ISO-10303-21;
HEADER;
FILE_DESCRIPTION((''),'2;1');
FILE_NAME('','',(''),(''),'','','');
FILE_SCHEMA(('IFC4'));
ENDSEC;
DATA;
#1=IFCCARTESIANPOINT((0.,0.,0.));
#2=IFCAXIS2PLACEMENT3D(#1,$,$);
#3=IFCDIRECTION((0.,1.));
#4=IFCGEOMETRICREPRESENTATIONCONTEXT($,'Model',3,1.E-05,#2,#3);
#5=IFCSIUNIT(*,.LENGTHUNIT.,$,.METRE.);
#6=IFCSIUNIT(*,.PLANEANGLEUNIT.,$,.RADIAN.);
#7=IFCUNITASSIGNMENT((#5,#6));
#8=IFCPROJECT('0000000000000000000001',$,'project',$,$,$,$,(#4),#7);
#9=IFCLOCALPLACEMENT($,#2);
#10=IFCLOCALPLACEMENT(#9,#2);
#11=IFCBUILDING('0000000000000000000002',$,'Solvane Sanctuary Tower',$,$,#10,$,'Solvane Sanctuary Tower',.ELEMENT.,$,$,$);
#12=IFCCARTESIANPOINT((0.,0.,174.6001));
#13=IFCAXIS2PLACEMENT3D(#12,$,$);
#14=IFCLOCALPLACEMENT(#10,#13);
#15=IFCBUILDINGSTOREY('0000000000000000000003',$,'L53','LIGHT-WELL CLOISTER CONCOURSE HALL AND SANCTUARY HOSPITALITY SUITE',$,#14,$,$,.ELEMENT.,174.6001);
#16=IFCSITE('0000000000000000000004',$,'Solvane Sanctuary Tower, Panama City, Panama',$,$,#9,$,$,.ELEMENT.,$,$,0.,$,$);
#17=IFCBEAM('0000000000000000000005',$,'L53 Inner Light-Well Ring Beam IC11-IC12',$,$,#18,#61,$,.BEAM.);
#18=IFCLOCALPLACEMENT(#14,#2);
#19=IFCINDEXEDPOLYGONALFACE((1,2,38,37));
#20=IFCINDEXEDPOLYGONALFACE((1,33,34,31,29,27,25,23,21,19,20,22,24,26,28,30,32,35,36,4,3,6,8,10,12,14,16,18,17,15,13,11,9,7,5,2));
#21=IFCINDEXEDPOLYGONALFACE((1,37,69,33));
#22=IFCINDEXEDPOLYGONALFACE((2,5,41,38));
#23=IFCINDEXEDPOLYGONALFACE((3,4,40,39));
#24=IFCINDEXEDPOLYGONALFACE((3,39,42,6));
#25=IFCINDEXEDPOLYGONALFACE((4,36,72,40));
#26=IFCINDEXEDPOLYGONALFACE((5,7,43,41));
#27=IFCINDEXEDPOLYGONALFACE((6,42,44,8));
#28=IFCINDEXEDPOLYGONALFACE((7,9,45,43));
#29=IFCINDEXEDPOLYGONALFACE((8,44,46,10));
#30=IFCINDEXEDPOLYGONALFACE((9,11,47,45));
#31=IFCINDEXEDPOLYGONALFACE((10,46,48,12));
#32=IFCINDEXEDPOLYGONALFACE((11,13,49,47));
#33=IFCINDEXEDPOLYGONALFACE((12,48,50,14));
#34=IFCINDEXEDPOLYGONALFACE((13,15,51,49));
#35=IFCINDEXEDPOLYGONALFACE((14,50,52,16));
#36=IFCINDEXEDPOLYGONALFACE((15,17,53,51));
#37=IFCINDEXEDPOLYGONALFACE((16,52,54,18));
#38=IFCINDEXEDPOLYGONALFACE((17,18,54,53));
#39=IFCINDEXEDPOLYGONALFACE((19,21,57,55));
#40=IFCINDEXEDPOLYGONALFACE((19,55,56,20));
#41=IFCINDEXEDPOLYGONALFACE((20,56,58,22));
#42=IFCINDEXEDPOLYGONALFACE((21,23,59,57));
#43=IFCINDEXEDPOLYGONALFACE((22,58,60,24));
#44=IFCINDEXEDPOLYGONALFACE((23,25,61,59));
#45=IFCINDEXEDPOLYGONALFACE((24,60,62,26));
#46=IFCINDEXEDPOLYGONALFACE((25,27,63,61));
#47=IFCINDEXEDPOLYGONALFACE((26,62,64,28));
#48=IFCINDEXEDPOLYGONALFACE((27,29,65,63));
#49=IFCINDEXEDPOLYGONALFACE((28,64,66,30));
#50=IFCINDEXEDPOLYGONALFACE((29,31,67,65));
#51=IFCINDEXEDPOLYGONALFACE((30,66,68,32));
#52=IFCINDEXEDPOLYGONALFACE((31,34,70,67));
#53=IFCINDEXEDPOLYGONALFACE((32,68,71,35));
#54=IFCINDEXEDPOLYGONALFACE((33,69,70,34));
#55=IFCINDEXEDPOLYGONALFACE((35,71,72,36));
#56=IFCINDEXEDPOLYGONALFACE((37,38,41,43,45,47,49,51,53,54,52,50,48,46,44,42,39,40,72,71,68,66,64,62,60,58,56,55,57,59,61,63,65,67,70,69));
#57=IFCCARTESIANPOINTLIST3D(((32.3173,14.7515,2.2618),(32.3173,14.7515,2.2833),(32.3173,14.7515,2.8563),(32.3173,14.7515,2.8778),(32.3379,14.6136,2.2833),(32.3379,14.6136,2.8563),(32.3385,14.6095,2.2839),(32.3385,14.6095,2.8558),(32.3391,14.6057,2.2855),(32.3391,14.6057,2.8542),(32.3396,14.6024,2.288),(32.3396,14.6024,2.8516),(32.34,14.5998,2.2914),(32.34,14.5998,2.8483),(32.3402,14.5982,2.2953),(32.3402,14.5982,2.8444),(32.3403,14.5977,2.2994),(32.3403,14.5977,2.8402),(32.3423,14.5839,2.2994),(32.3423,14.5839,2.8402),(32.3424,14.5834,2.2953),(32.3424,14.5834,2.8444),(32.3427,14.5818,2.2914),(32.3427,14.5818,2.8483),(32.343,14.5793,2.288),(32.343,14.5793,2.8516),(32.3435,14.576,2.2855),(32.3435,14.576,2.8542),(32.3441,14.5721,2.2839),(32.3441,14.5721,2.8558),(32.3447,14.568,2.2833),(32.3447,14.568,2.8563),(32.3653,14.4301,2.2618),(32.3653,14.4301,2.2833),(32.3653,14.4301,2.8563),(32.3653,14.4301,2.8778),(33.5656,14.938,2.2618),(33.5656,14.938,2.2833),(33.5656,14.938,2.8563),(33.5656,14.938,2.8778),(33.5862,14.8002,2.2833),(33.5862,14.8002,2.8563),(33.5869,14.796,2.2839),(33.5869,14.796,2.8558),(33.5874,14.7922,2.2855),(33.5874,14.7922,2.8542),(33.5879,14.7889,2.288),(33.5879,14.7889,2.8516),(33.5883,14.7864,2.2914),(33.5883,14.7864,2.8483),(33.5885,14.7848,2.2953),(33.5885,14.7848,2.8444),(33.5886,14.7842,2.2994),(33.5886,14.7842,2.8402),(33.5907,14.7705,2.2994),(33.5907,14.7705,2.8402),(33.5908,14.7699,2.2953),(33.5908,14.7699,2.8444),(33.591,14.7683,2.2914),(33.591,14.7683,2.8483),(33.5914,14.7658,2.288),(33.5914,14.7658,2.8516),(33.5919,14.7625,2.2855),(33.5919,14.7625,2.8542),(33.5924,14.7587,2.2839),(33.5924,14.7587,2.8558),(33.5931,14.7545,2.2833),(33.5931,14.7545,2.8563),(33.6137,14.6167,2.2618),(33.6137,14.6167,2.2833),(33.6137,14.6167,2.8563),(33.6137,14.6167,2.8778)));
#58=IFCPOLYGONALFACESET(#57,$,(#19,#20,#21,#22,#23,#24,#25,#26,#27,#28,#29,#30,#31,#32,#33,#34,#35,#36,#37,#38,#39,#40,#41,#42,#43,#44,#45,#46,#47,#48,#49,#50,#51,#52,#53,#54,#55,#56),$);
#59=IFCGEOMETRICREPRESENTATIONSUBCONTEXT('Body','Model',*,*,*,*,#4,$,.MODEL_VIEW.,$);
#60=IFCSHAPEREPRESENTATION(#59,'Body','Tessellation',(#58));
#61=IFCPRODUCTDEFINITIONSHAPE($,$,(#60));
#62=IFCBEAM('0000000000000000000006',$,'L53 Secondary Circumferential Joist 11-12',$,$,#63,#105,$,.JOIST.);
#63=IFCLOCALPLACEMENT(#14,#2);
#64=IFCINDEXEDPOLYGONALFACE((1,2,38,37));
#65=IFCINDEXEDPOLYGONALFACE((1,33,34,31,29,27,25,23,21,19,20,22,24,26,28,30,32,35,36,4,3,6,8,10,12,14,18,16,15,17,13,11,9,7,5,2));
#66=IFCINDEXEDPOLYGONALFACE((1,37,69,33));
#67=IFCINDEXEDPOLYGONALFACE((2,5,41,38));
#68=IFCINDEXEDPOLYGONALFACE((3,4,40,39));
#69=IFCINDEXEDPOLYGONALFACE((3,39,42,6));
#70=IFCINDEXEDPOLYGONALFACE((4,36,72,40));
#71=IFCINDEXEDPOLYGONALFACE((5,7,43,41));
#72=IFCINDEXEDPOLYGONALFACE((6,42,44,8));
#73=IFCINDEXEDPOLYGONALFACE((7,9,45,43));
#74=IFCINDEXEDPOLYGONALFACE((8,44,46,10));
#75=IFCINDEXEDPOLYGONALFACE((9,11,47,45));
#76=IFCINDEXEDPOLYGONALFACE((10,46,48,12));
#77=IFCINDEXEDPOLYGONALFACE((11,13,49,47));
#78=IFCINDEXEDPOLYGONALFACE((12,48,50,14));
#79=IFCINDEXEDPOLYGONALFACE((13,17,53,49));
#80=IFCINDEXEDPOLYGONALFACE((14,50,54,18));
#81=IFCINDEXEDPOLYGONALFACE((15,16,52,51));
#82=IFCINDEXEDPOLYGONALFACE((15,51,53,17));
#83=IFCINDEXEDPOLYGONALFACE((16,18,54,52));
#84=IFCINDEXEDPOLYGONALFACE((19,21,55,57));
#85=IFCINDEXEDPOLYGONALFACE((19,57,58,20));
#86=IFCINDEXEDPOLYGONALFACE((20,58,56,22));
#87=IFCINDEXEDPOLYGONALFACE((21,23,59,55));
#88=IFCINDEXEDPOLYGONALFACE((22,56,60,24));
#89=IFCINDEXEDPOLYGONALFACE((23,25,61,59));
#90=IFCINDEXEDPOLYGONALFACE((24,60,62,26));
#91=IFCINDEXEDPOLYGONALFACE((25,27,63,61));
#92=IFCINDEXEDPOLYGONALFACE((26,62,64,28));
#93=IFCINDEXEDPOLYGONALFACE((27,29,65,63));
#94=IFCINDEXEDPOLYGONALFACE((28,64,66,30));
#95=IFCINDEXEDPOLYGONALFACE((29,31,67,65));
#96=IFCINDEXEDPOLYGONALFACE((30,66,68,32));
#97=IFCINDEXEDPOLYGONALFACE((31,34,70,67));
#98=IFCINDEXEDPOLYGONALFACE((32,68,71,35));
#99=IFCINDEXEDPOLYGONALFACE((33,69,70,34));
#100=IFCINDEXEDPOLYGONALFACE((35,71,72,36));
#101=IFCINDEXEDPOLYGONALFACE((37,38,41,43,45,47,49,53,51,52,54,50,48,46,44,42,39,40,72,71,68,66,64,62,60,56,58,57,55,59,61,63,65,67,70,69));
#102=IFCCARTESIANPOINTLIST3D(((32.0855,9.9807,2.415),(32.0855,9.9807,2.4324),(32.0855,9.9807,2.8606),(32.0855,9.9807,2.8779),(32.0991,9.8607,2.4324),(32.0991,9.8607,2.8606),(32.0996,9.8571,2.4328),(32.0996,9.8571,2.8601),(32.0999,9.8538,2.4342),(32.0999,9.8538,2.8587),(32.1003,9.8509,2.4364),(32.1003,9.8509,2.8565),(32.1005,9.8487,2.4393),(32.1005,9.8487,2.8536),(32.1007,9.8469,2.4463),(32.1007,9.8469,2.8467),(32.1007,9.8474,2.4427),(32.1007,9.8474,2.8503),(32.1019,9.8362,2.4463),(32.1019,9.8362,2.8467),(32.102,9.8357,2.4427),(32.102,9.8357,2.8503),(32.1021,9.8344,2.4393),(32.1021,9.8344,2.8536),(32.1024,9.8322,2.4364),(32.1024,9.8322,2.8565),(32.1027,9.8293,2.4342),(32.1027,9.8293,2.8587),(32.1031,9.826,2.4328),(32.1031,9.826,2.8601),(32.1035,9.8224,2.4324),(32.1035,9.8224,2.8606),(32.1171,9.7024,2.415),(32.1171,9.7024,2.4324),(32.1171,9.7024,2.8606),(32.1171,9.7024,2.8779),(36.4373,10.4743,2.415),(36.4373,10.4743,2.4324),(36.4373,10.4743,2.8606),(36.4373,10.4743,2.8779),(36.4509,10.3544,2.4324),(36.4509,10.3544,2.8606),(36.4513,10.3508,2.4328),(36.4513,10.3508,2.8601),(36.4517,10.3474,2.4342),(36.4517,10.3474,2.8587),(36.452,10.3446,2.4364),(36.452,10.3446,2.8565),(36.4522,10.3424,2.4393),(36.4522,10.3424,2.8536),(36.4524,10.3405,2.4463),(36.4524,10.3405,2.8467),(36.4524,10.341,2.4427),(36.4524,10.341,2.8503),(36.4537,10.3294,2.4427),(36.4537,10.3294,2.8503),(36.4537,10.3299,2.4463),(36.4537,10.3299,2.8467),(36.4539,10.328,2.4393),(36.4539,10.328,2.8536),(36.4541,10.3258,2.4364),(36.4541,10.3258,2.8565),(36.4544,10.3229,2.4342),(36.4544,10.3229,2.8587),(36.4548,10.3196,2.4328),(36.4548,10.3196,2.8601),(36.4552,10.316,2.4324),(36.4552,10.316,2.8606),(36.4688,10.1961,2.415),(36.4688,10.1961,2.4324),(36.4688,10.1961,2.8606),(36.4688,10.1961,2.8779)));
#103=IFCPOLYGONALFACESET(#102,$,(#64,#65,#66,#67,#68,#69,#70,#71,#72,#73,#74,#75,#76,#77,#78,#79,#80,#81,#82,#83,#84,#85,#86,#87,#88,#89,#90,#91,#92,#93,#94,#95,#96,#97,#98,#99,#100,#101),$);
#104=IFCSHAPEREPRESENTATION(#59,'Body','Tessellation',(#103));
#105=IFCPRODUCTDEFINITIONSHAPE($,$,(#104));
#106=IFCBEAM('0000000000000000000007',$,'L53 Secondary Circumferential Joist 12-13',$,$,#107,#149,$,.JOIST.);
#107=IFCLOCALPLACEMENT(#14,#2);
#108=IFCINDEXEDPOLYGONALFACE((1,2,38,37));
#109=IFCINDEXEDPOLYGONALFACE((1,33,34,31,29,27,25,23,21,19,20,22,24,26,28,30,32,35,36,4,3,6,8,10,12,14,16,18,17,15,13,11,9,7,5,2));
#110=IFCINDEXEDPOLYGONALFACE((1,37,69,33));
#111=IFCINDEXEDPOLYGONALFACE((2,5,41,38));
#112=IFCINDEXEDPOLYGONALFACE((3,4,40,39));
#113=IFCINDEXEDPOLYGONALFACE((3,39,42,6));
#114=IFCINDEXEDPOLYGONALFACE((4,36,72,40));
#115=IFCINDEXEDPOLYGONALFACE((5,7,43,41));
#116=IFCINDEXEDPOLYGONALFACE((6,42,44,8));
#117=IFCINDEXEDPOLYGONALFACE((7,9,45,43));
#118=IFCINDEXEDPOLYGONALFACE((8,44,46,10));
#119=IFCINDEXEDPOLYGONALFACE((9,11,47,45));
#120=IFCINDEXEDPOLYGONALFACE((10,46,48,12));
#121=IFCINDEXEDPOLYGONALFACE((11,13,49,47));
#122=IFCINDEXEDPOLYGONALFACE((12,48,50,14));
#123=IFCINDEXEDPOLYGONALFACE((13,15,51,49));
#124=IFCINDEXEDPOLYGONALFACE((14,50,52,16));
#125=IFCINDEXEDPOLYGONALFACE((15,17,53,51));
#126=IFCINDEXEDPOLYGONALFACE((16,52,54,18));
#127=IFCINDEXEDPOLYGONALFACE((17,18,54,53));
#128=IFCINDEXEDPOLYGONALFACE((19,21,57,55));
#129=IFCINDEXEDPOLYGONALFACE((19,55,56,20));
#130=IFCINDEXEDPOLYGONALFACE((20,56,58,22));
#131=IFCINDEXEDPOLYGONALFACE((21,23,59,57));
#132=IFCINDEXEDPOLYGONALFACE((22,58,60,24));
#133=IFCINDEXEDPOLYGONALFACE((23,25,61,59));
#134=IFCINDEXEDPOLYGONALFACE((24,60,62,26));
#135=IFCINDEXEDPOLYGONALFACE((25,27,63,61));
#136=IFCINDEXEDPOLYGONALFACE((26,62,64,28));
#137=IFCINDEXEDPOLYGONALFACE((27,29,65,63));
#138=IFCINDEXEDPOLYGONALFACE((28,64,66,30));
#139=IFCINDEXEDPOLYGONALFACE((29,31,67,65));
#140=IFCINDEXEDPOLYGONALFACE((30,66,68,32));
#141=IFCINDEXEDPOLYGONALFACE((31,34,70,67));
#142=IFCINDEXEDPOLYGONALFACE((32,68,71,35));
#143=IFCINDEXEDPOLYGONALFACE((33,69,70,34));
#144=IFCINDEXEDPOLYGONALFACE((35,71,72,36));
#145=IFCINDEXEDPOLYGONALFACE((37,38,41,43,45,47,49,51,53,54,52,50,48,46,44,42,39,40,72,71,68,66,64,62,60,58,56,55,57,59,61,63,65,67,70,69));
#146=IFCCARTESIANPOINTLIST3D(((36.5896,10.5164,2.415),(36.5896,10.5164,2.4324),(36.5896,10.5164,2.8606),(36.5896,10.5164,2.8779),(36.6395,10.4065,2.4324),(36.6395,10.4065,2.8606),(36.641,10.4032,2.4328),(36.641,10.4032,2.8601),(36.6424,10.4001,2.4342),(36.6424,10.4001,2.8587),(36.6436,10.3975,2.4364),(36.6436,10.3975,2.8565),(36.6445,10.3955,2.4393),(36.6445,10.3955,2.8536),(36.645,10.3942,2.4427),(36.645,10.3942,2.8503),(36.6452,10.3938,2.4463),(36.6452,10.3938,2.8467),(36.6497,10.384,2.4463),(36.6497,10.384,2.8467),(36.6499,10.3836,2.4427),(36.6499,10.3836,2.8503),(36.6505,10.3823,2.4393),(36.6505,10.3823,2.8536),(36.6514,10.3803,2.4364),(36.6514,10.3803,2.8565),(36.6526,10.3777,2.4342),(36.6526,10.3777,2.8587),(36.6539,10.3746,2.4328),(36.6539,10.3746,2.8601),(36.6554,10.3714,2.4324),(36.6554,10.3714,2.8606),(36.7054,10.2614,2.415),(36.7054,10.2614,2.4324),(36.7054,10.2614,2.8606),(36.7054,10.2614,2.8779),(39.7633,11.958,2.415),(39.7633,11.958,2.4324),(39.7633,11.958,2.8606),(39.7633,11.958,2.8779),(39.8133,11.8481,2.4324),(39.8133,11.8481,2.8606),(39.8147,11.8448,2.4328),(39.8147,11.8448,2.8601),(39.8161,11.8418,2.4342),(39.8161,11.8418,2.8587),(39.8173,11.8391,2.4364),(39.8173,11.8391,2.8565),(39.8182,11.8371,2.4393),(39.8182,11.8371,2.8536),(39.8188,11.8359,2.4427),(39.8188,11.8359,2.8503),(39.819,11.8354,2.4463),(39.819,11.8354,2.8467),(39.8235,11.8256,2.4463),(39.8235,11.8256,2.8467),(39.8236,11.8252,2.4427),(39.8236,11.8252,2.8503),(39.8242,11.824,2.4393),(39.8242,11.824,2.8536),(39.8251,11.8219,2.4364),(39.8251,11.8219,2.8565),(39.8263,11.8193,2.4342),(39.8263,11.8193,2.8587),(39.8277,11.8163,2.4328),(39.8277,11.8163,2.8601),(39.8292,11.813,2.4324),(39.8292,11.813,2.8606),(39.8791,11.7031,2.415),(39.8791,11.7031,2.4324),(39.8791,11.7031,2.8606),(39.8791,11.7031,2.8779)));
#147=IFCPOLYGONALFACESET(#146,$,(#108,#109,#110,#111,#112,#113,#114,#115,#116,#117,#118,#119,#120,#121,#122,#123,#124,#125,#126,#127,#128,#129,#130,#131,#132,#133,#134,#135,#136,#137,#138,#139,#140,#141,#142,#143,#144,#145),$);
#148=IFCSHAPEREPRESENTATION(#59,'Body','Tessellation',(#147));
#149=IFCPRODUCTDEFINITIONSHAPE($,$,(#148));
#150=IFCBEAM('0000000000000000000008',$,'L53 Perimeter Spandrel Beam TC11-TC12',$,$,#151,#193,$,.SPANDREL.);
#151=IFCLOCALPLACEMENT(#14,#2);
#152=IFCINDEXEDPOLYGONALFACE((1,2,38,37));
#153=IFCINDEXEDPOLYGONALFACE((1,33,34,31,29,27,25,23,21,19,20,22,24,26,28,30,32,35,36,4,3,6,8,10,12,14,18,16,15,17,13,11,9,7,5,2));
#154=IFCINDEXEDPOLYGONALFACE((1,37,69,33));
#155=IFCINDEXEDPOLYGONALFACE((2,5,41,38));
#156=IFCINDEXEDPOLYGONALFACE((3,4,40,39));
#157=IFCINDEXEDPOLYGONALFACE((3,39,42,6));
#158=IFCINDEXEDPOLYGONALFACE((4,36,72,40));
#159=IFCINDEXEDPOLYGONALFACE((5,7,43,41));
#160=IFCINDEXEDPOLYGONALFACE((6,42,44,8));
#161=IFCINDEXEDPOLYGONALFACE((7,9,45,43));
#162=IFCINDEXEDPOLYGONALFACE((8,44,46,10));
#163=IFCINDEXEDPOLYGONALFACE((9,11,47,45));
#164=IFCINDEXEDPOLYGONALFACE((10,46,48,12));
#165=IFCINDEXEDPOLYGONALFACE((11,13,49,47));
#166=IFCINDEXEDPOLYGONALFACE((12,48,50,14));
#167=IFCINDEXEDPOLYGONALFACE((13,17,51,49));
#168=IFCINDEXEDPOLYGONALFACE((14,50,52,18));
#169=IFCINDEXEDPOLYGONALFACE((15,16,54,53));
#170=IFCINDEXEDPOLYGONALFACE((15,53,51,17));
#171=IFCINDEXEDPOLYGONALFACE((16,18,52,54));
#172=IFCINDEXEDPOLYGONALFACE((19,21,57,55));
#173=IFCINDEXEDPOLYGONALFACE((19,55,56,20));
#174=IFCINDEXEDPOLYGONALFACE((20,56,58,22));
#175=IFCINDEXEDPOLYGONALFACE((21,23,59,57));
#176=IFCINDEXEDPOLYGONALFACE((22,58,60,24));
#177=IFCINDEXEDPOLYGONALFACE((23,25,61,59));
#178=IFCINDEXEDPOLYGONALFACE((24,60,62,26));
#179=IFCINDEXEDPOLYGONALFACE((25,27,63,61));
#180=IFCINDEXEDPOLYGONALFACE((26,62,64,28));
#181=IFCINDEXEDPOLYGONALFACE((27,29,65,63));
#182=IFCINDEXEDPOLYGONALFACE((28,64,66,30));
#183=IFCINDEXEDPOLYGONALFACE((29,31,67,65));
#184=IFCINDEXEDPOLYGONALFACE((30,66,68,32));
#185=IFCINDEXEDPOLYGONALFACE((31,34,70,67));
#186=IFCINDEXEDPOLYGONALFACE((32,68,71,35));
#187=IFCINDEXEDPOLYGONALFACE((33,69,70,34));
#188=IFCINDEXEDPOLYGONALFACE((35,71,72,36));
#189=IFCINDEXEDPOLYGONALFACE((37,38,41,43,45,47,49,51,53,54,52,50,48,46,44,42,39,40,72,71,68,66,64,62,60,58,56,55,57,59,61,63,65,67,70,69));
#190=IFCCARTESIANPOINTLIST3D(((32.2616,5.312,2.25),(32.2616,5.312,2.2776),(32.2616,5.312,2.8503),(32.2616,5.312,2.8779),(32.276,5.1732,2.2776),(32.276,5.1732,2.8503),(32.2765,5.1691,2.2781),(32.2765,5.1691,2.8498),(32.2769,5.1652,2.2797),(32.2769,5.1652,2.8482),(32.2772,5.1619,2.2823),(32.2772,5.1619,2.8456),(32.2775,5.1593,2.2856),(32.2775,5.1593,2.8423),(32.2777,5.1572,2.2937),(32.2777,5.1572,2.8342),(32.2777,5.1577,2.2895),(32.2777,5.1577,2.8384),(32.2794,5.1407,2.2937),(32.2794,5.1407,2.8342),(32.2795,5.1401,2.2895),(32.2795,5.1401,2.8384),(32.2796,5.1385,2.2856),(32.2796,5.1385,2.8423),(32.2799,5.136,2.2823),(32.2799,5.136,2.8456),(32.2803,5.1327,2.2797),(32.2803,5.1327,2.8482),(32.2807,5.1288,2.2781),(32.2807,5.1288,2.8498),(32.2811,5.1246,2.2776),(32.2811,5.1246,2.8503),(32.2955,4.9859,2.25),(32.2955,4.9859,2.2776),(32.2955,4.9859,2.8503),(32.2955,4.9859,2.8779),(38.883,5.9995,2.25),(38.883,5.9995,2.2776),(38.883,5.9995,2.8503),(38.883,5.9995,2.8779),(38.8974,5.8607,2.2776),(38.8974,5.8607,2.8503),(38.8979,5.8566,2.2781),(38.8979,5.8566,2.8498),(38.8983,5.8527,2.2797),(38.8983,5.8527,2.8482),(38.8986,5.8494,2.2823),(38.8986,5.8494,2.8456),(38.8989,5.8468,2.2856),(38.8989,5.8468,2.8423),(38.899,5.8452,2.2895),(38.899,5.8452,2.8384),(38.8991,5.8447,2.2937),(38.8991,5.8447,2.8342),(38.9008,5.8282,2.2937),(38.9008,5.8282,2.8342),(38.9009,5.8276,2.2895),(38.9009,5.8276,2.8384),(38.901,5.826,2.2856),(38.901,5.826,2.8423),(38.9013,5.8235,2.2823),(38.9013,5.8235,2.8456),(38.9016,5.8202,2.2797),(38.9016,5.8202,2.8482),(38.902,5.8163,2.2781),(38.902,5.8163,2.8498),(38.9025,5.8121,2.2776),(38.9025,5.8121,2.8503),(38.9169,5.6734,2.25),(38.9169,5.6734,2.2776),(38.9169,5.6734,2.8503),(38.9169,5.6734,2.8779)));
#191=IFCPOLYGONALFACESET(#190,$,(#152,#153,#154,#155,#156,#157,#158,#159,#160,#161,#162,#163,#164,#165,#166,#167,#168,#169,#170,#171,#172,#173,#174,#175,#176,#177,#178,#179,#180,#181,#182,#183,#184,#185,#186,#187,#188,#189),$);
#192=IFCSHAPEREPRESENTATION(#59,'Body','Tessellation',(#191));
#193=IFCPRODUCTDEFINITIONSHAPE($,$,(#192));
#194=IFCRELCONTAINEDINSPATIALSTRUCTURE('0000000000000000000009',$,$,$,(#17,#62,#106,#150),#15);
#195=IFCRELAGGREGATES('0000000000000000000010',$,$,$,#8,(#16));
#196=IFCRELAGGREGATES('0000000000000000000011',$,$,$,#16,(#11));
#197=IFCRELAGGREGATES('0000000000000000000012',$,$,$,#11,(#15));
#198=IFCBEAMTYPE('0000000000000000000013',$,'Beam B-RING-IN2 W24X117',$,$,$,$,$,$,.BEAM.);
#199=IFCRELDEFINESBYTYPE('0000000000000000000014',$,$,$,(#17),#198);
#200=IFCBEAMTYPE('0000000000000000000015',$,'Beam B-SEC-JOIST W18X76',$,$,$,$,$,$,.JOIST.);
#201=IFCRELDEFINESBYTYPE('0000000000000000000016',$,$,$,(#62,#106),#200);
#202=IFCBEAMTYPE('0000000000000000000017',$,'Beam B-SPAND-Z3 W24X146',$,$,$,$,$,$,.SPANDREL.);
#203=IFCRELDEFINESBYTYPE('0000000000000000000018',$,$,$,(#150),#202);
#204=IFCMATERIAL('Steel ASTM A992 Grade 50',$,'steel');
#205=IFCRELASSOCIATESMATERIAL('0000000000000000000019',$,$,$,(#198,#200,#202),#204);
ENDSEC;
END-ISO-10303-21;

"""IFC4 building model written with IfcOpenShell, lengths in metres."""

from ifc_helpers import new_model, si_unit, direction, frame, origin, origin_2d, place, context, subcontext, project, spatial, i_section, extrude, material, material_profile, profile_set, type_object, element, save


model = new_model("IFC4")

# Units and contexts
model_context = context("Model", 3, precision=1e-05, world=origin(), true_north=direction((0.0, 1.0)))
body_context = subcontext(model_context, "Body", "Model", "MODEL_VIEW")
ifc_project = project(units=[si_unit("LENGTHUNIT", "METRE"), si_unit("PLANEANGLEUNIT", "RADIAN")], contexts=[model_context])

# Site, building, storey
site_placement = place(None, origin())
site = spatial("IfcSite", under=ifc_project, at=site_placement, Name="Solvane Sanctuary Tower, Panama City, Panama", CompositionType="ELEMENT", RefElevation=0.0)
building_placement = place(site_placement, origin())
building = spatial("IfcBuilding", under=site, at=building_placement, Name="Solvane Sanctuary Tower", LongName="Solvane Sanctuary Tower", CompositionType="ELEMENT")
storey_placement = place(building_placement, frame((0.0, 0.0, 174.6001)))
storey = spatial("IfcBuildingStorey", under=building, at=storey_placement, Name="L53", Description="LIGHT-WELL CLOISTER CONCOURSE HALL AND SANCTUARY HOSPITALITY SUITE", CompositionType="ELEMENT", Elevation=174.6001)

# Beams
ifc_material_1 = material(Name="Steel ASTM A992 Grade 50", Category="steel")
ifc_material_profile_1 = material_profile(ifc_material_1, i_section(OverallWidth=0.325, OverallDepth=0.616, WebThickness=0.0139, FlangeThickness=0.0215, FilletRadius=0.0161, at=origin_2d()), Name="W24X117")
ifc_profile_set_1 = profile_set([ifc_material_profile_1], Name="Steel ASTM A992 Grade 50")
beam_type_1 = type_object("IfcBeamType", Name="Beam B-RING-IN2 W24X117", PredefinedType="BEAM", material=ifc_profile_set_1)
beam_1_placement = place(storey_placement, frame((32.3413, 14.5908, 2.5698), z_axis=(0.98902, 0.147782, 0.0), x_axis=(-0.147782, 0.98902, 0.0)))
element("IfcBeam", 1, at=beam_1_placement, inside=storey, type_object=beam_type_1, Name="L53 Inner Light-Well Ring Beam IC11-IC12", PredefinedType="BEAM", context=body_context, shape_type="SweptSolid", body=[
    extrude(i_section(OverallWidth=0.325, OverallDepth=0.616, WebThickness=0.0139, FlangeThickness=0.0215, FilletRadius=0.0161, at=origin_2d()), origin(), (0.0, 0.0, 1.0), 1.2622),
])
ifc_material_profile_2 = material_profile(ifc_material_1, i_section(OverallWidth=0.28, OverallDepth=0.4629, WebThickness=0.0107, FlangeThickness=0.0173, FilletRadius=0.0139, at=origin_2d()), Name="W18X76")
ifc_profile_set_2 = profile_set([ifc_material_profile_2], Name="Steel ASTM A992 Grade 50")
beam_type_2 = type_object("IfcBeamType", Name="Beam B-SEC-JOIST W18X76", PredefinedType="JOIST", material=ifc_profile_set_2)
beam_2_placement = place(storey_placement, frame((32.1013, 9.8416, 2.6465), z_axis=(0.993628, 0.112713, 0.0), x_axis=(-0.112713, 0.993628, 0.0)))
element("IfcBeam", 2, at=beam_2_placement, inside=storey, type_object=beam_type_2, Name="L53 Secondary Circumferential Joist 11-12", PredefinedType="JOIST", context=body_context, shape_type="SweptSolid", body=[
    extrude(i_section(OverallWidth=0.28, OverallDepth=0.4629, WebThickness=0.0107, FlangeThickness=0.0173, FilletRadius=0.0139, at=origin_2d()), origin(), (0.0, 0.0, 1.0), 4.3796),
])
beam_3_placement = place(storey_placement, frame((36.6475, 10.3889, 2.6465), z_axis=(0.910474, 0.413565, 0.0), x_axis=(-0.413565, 0.910474, 0.0)))
element("IfcBeam", 3, at=beam_3_placement, inside=storey, type_object=beam_type_2, Name="L53 Secondary Circumferential Joist 12-13", PredefinedType="JOIST", context=body_context, shape_type="SweptSolid", body=[
    extrude(i_section(OverallWidth=0.28, OverallDepth=0.4629, WebThickness=0.0107, FlangeThickness=0.0173, FilletRadius=0.0139, at=origin_2d()), origin(), (0.0, 0.0, 1.0), 3.4858),
])
ifc_material_profile_3 = material_profile(ifc_material_1, i_section(OverallWidth=0.3279, OverallDepth=0.6279, WebThickness=0.0166, FlangeThickness=0.0276, FilletRadius=0.0161, at=origin_2d()), Name="W24X146")
ifc_profile_set_3 = profile_set([ifc_material_profile_3], Name="Steel ASTM A992 Grade 50")
beam_type_3 = type_object("IfcBeamType", Name="Beam B-SPAND-Z3 W24X146", PredefinedType="SPANDREL", material=ifc_profile_set_3)
beam_4_placement = place(storey_placement, frame((32.2786, 5.1489, 2.564), z_axis=(0.994653, 0.103276, 0.0), x_axis=(-0.103276, 0.994653, 0.0)))
element("IfcBeam", 4, at=beam_4_placement, inside=storey, type_object=beam_type_3, Name="L53 Perimeter Spandrel Beam TC11-TC12", PredefinedType="SPANDREL", context=body_context, shape_type="SweptSolid", body=[
    extrude(i_section(OverallWidth=0.3279, OverallDepth=0.6279, WebThickness=0.0166, FlangeThickness=0.0276, FilletRadius=0.0161, at=origin_2d()), origin(), (0.0, 0.0, 1.0), 6.657),
])

save(model, "model.ifc")
